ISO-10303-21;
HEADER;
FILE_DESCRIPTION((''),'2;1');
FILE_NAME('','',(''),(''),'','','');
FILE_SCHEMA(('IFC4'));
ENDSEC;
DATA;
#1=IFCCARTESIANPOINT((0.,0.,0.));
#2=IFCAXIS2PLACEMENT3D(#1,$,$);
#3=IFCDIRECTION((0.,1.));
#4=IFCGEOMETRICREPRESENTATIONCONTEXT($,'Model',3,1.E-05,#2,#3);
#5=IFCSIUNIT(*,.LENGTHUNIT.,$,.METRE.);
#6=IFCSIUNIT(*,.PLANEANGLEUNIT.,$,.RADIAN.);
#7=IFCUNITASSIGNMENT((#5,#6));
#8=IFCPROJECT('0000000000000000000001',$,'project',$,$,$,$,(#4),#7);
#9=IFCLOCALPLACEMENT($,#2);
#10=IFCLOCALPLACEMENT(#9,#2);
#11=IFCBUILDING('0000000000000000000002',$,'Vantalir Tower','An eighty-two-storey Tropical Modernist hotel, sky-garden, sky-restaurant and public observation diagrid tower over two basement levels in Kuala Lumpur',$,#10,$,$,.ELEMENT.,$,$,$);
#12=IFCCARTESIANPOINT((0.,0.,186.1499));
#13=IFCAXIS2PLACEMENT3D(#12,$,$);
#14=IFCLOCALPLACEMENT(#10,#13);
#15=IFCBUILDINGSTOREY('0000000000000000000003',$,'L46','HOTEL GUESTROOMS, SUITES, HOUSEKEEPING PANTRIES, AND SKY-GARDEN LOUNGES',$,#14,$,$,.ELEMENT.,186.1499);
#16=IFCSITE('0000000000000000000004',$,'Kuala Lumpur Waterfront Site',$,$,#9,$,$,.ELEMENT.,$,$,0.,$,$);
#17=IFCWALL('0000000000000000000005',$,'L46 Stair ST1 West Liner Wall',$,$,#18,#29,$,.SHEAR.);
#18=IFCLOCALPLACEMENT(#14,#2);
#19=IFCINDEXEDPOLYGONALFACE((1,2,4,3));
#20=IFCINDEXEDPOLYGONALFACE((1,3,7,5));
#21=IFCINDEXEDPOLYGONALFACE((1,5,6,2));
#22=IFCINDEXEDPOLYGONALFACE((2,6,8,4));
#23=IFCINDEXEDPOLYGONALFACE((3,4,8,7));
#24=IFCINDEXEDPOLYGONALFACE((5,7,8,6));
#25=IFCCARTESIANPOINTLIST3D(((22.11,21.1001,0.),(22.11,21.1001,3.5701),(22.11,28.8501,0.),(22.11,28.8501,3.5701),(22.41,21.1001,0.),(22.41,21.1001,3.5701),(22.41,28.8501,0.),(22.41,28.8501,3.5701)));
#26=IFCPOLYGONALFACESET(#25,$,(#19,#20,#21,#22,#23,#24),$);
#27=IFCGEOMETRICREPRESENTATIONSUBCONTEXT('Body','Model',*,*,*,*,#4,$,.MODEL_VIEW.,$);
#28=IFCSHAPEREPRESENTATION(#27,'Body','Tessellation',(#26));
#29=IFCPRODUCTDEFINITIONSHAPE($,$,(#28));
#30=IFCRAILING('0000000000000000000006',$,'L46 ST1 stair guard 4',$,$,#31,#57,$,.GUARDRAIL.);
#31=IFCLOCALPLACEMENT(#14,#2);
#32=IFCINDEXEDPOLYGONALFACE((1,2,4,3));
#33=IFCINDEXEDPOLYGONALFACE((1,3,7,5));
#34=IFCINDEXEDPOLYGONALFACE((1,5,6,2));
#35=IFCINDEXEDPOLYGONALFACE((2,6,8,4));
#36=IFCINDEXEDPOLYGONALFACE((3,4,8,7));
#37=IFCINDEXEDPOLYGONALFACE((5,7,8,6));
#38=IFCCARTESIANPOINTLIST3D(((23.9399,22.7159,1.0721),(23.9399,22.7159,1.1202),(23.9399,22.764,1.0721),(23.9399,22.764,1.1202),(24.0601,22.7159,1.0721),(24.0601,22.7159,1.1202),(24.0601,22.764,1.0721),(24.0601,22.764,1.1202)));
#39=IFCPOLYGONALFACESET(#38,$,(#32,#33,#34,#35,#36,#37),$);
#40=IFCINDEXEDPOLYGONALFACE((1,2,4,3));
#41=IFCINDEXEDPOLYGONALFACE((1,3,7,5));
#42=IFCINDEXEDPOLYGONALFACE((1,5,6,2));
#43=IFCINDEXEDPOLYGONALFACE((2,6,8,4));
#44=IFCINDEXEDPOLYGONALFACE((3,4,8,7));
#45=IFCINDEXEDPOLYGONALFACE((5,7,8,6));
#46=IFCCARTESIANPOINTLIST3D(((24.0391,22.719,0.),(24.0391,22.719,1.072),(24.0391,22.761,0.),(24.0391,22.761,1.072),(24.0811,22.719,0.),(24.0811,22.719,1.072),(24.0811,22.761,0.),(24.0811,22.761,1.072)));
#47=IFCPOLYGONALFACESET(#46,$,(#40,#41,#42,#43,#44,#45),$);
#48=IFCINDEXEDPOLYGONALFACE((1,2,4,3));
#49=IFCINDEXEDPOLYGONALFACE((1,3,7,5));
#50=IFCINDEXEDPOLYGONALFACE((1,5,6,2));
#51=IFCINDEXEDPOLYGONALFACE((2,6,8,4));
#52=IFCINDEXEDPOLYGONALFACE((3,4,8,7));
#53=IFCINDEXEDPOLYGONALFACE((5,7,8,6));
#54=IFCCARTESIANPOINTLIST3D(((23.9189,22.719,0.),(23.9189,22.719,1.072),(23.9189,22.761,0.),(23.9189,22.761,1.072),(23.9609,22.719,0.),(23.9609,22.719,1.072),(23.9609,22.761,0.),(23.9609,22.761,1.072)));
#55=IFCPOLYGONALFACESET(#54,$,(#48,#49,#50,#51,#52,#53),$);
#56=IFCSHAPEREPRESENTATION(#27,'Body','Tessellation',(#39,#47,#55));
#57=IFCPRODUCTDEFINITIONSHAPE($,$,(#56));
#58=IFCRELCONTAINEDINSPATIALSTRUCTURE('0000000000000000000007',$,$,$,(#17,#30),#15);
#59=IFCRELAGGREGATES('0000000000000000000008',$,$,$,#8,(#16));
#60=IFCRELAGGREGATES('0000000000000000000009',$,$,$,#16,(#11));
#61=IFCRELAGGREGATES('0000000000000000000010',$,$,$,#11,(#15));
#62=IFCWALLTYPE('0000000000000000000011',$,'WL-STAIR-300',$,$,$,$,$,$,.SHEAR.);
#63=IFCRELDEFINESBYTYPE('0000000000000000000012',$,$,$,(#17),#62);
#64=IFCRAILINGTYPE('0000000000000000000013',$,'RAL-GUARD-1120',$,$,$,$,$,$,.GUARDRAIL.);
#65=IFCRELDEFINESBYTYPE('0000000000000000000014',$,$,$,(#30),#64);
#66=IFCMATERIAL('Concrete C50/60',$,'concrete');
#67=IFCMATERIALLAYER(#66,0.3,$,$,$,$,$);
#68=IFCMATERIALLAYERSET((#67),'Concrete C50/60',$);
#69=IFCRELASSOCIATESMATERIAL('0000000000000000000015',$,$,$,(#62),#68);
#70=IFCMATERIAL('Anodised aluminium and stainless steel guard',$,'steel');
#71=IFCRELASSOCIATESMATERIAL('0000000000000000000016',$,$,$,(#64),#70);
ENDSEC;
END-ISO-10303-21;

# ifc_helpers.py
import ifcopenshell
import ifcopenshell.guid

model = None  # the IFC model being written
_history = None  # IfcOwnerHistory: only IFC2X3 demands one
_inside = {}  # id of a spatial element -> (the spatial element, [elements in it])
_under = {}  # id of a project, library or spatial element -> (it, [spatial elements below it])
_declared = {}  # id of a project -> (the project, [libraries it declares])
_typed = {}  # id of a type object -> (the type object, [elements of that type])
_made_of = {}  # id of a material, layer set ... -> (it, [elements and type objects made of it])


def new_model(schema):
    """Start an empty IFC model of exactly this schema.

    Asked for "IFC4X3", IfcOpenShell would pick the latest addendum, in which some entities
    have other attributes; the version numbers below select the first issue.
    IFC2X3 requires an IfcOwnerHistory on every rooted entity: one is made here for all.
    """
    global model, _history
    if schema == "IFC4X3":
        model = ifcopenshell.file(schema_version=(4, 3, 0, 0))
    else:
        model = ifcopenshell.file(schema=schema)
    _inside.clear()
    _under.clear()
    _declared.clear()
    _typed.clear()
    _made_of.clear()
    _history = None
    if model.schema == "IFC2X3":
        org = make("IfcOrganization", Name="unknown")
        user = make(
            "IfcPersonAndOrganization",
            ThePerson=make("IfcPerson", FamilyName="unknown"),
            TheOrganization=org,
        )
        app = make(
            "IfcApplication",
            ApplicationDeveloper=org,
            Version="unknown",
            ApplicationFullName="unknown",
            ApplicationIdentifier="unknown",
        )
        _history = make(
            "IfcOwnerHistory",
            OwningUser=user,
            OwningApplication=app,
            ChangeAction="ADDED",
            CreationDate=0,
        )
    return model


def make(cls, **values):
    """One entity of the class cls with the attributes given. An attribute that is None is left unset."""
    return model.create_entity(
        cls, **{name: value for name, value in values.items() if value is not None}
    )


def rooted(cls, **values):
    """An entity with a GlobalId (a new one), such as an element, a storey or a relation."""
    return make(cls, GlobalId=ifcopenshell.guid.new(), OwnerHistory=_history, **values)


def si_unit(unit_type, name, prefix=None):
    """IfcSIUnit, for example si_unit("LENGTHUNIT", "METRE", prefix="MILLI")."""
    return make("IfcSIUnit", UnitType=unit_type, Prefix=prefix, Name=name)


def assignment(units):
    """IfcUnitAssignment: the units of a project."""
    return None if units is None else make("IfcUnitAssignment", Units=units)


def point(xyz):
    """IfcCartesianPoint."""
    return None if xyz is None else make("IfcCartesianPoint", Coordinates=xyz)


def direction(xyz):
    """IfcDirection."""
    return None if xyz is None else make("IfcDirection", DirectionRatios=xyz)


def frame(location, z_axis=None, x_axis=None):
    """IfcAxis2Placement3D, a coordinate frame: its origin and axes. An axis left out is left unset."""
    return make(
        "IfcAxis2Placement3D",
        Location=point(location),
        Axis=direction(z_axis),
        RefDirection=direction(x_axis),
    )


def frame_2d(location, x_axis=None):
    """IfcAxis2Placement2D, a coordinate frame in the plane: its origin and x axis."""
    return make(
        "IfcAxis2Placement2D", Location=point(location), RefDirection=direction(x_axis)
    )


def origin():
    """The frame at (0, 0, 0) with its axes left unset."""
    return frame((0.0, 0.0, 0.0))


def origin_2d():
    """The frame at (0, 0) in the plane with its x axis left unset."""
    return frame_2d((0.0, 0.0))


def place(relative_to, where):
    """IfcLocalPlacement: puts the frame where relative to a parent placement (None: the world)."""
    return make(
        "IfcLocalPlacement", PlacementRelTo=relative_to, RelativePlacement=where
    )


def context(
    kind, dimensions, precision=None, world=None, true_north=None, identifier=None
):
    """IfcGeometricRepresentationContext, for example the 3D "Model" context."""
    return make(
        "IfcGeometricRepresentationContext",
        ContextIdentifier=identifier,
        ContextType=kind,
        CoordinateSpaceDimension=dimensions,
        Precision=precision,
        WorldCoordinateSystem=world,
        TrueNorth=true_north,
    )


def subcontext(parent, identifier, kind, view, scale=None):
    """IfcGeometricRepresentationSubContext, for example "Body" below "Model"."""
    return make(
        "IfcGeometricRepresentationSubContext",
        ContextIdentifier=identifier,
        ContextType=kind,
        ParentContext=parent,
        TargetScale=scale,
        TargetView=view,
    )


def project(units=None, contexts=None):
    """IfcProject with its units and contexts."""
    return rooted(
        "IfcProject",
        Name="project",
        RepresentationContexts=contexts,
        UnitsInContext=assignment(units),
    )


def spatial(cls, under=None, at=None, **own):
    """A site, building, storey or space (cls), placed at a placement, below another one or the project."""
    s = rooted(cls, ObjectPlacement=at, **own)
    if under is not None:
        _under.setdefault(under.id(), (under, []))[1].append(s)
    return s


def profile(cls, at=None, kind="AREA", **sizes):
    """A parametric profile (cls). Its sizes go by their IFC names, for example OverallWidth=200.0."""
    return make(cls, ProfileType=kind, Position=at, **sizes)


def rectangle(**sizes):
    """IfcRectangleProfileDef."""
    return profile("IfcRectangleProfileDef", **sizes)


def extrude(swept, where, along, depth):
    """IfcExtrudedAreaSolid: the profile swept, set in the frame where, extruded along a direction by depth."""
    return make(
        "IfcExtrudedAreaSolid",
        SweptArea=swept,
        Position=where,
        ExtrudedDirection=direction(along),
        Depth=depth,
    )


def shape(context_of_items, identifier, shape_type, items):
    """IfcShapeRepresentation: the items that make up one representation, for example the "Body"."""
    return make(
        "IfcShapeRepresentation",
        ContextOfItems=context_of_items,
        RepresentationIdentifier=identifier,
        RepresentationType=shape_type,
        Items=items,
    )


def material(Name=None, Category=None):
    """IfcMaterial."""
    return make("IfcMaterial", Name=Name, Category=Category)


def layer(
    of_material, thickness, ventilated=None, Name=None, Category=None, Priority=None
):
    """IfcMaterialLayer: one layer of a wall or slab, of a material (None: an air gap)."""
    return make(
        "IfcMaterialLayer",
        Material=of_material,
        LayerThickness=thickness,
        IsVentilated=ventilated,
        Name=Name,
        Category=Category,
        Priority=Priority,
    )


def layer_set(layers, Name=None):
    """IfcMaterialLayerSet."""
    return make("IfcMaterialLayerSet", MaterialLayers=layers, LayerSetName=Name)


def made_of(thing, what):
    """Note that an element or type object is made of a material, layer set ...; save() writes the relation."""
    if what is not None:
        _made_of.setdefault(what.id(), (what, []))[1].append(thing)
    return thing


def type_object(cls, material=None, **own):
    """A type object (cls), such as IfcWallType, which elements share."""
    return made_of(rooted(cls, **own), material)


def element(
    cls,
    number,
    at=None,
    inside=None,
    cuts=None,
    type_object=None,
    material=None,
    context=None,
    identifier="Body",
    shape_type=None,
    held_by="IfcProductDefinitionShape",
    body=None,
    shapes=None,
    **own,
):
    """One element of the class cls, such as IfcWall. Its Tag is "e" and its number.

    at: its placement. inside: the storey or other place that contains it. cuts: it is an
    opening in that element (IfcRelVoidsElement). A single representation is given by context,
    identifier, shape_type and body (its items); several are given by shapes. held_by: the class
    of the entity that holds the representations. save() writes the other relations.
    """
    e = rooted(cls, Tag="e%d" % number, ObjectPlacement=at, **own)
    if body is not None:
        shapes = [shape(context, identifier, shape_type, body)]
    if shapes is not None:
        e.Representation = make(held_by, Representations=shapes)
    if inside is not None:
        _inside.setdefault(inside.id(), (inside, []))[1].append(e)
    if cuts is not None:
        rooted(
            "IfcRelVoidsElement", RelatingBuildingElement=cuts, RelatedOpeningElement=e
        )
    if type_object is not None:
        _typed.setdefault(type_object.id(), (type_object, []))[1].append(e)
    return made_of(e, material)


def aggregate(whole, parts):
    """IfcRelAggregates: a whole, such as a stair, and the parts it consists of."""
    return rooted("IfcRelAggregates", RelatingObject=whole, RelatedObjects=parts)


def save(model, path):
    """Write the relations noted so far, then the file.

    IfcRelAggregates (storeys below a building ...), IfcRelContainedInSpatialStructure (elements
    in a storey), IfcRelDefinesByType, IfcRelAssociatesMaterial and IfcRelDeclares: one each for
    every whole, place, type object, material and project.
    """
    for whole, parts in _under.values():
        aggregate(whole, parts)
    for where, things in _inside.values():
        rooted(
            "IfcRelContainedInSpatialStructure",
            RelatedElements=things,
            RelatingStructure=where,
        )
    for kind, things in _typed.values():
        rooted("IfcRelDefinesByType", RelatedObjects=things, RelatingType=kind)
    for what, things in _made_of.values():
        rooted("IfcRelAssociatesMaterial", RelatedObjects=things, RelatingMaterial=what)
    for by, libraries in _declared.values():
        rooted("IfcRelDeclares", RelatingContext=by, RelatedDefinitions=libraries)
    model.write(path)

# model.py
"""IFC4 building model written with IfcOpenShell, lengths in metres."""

from ifc_helpers import new_model, si_unit, direction, frame, frame_2d, origin, origin_2d, place, context, subcontext, project, spatial, rectangle, extrude, material, layer, layer_set, type_object, element, save


model = new_model("IFC4")

# Units and contexts
model_context = context("Model", 3, precision=1e-05, world=origin(), true_north=direction((0.0, 1.0)))
body_context = subcontext(model_context, "Body", "Model", "MODEL_VIEW")
ifc_project = project(units=[si_unit("LENGTHUNIT", "METRE"), si_unit("PLANEANGLEUNIT", "RADIAN")], contexts=[model_context])

# Site, building, storey
site_placement = place(None, origin())
site = spatial("IfcSite", under=ifc_project, at=site_placement, Name="Kuala Lumpur Waterfront Site", CompositionType="ELEMENT", RefElevation=0.0)
building_placement = place(site_placement, origin())
building = spatial("IfcBuilding", under=site, at=building_placement, Name="Vantalir Tower", Description="An eighty-two-storey Tropical Modernist hotel, sky-garden, sky-restaurant and public observation diagrid tower over two basement levels in Kuala Lumpur", CompositionType="ELEMENT")
storey_placement = place(building_placement, frame((0.0, 0.0, 186.1499)))
storey = spatial("IfcBuildingStorey", under=building, at=storey_placement, Name="L46", Description="HOTEL GUESTROOMS, SUITES, HOUSEKEEPING PANTRIES, AND SKY-GARDEN LOUNGES", CompositionType="ELEMENT", Elevation=186.1499)

# Shared definitions
ifc_material_1 = material(Name="Concrete C50/60", Category="concrete")

# Shared definitions
ifc_layer_1 = layer(ifc_material_1, 0.3)
ifc_layer_set_1 = layer_set([ifc_layer_1], Name="Concrete C50/60")
wall_type_1 = type_object("IfcWallType", Name="WL-STAIR-300", PredefinedType="SHEAR", material=ifc_layer_set_1)

# Wall
wall_1_placement = place(storey_placement, frame((22.26, 21.1001, 0.0), z_axis=(0.0, 0.0, 1.0), x_axis=(0.0, 1.0, 0.0)))
element("IfcWall", 1, at=wall_1_placement, inside=storey, type_object=wall_type_1, Name="L46 Stair ST1 West Liner Wall", PredefinedType="SHEAR", context=body_context, shape_type="SweptSolid", body=[
    extrude(rectangle(XDim=7.75, YDim=0.3, at=frame_2d((3.875, 0.0))), origin(), (0.0, 0.0, 1.0), 3.5701),
])

# Railing
ifc_material_2 = material(Name="Anodised aluminium and stainless steel guard", Category="steel")
railing_type = type_object("IfcRailingType", Name="RAL-GUARD-1120", PredefinedType="GUARDRAIL", material=ifc_material_2)
railing_placement = place(storey_placement, frame((24.0601, 22.74, 0.0)))
element("IfcRailing", 2, at=railing_placement, inside=storey, type_object=railing_type, Name="L46 ST1 stair guard 4", PredefinedType="GUARDRAIL", context=body_context, shape_type="SweptSolid", body=[
    extrude(rectangle(XDim=0.0481, YDim=0.0481, at=origin_2d()), frame((0.0, 0.0, 1.0962), z_axis=(-1.0, 0.0, 0.0), x_axis=(0.0, -1.0, 0.0)), (0.0, 0.0, 1.0), 0.1201),
    extrude(rectangle(XDim=0.042, YDim=0.042, at=origin_2d()), origin(), (0.0, 0.0, 1.0), 1.072),
    extrude(rectangle(XDim=0.042, YDim=0.042, at=origin_2d()), frame((-0.1201, 0.0, 0.0)), (0.0, 0.0, 1.0), 1.072),
])

save(model, "model.ifc")
